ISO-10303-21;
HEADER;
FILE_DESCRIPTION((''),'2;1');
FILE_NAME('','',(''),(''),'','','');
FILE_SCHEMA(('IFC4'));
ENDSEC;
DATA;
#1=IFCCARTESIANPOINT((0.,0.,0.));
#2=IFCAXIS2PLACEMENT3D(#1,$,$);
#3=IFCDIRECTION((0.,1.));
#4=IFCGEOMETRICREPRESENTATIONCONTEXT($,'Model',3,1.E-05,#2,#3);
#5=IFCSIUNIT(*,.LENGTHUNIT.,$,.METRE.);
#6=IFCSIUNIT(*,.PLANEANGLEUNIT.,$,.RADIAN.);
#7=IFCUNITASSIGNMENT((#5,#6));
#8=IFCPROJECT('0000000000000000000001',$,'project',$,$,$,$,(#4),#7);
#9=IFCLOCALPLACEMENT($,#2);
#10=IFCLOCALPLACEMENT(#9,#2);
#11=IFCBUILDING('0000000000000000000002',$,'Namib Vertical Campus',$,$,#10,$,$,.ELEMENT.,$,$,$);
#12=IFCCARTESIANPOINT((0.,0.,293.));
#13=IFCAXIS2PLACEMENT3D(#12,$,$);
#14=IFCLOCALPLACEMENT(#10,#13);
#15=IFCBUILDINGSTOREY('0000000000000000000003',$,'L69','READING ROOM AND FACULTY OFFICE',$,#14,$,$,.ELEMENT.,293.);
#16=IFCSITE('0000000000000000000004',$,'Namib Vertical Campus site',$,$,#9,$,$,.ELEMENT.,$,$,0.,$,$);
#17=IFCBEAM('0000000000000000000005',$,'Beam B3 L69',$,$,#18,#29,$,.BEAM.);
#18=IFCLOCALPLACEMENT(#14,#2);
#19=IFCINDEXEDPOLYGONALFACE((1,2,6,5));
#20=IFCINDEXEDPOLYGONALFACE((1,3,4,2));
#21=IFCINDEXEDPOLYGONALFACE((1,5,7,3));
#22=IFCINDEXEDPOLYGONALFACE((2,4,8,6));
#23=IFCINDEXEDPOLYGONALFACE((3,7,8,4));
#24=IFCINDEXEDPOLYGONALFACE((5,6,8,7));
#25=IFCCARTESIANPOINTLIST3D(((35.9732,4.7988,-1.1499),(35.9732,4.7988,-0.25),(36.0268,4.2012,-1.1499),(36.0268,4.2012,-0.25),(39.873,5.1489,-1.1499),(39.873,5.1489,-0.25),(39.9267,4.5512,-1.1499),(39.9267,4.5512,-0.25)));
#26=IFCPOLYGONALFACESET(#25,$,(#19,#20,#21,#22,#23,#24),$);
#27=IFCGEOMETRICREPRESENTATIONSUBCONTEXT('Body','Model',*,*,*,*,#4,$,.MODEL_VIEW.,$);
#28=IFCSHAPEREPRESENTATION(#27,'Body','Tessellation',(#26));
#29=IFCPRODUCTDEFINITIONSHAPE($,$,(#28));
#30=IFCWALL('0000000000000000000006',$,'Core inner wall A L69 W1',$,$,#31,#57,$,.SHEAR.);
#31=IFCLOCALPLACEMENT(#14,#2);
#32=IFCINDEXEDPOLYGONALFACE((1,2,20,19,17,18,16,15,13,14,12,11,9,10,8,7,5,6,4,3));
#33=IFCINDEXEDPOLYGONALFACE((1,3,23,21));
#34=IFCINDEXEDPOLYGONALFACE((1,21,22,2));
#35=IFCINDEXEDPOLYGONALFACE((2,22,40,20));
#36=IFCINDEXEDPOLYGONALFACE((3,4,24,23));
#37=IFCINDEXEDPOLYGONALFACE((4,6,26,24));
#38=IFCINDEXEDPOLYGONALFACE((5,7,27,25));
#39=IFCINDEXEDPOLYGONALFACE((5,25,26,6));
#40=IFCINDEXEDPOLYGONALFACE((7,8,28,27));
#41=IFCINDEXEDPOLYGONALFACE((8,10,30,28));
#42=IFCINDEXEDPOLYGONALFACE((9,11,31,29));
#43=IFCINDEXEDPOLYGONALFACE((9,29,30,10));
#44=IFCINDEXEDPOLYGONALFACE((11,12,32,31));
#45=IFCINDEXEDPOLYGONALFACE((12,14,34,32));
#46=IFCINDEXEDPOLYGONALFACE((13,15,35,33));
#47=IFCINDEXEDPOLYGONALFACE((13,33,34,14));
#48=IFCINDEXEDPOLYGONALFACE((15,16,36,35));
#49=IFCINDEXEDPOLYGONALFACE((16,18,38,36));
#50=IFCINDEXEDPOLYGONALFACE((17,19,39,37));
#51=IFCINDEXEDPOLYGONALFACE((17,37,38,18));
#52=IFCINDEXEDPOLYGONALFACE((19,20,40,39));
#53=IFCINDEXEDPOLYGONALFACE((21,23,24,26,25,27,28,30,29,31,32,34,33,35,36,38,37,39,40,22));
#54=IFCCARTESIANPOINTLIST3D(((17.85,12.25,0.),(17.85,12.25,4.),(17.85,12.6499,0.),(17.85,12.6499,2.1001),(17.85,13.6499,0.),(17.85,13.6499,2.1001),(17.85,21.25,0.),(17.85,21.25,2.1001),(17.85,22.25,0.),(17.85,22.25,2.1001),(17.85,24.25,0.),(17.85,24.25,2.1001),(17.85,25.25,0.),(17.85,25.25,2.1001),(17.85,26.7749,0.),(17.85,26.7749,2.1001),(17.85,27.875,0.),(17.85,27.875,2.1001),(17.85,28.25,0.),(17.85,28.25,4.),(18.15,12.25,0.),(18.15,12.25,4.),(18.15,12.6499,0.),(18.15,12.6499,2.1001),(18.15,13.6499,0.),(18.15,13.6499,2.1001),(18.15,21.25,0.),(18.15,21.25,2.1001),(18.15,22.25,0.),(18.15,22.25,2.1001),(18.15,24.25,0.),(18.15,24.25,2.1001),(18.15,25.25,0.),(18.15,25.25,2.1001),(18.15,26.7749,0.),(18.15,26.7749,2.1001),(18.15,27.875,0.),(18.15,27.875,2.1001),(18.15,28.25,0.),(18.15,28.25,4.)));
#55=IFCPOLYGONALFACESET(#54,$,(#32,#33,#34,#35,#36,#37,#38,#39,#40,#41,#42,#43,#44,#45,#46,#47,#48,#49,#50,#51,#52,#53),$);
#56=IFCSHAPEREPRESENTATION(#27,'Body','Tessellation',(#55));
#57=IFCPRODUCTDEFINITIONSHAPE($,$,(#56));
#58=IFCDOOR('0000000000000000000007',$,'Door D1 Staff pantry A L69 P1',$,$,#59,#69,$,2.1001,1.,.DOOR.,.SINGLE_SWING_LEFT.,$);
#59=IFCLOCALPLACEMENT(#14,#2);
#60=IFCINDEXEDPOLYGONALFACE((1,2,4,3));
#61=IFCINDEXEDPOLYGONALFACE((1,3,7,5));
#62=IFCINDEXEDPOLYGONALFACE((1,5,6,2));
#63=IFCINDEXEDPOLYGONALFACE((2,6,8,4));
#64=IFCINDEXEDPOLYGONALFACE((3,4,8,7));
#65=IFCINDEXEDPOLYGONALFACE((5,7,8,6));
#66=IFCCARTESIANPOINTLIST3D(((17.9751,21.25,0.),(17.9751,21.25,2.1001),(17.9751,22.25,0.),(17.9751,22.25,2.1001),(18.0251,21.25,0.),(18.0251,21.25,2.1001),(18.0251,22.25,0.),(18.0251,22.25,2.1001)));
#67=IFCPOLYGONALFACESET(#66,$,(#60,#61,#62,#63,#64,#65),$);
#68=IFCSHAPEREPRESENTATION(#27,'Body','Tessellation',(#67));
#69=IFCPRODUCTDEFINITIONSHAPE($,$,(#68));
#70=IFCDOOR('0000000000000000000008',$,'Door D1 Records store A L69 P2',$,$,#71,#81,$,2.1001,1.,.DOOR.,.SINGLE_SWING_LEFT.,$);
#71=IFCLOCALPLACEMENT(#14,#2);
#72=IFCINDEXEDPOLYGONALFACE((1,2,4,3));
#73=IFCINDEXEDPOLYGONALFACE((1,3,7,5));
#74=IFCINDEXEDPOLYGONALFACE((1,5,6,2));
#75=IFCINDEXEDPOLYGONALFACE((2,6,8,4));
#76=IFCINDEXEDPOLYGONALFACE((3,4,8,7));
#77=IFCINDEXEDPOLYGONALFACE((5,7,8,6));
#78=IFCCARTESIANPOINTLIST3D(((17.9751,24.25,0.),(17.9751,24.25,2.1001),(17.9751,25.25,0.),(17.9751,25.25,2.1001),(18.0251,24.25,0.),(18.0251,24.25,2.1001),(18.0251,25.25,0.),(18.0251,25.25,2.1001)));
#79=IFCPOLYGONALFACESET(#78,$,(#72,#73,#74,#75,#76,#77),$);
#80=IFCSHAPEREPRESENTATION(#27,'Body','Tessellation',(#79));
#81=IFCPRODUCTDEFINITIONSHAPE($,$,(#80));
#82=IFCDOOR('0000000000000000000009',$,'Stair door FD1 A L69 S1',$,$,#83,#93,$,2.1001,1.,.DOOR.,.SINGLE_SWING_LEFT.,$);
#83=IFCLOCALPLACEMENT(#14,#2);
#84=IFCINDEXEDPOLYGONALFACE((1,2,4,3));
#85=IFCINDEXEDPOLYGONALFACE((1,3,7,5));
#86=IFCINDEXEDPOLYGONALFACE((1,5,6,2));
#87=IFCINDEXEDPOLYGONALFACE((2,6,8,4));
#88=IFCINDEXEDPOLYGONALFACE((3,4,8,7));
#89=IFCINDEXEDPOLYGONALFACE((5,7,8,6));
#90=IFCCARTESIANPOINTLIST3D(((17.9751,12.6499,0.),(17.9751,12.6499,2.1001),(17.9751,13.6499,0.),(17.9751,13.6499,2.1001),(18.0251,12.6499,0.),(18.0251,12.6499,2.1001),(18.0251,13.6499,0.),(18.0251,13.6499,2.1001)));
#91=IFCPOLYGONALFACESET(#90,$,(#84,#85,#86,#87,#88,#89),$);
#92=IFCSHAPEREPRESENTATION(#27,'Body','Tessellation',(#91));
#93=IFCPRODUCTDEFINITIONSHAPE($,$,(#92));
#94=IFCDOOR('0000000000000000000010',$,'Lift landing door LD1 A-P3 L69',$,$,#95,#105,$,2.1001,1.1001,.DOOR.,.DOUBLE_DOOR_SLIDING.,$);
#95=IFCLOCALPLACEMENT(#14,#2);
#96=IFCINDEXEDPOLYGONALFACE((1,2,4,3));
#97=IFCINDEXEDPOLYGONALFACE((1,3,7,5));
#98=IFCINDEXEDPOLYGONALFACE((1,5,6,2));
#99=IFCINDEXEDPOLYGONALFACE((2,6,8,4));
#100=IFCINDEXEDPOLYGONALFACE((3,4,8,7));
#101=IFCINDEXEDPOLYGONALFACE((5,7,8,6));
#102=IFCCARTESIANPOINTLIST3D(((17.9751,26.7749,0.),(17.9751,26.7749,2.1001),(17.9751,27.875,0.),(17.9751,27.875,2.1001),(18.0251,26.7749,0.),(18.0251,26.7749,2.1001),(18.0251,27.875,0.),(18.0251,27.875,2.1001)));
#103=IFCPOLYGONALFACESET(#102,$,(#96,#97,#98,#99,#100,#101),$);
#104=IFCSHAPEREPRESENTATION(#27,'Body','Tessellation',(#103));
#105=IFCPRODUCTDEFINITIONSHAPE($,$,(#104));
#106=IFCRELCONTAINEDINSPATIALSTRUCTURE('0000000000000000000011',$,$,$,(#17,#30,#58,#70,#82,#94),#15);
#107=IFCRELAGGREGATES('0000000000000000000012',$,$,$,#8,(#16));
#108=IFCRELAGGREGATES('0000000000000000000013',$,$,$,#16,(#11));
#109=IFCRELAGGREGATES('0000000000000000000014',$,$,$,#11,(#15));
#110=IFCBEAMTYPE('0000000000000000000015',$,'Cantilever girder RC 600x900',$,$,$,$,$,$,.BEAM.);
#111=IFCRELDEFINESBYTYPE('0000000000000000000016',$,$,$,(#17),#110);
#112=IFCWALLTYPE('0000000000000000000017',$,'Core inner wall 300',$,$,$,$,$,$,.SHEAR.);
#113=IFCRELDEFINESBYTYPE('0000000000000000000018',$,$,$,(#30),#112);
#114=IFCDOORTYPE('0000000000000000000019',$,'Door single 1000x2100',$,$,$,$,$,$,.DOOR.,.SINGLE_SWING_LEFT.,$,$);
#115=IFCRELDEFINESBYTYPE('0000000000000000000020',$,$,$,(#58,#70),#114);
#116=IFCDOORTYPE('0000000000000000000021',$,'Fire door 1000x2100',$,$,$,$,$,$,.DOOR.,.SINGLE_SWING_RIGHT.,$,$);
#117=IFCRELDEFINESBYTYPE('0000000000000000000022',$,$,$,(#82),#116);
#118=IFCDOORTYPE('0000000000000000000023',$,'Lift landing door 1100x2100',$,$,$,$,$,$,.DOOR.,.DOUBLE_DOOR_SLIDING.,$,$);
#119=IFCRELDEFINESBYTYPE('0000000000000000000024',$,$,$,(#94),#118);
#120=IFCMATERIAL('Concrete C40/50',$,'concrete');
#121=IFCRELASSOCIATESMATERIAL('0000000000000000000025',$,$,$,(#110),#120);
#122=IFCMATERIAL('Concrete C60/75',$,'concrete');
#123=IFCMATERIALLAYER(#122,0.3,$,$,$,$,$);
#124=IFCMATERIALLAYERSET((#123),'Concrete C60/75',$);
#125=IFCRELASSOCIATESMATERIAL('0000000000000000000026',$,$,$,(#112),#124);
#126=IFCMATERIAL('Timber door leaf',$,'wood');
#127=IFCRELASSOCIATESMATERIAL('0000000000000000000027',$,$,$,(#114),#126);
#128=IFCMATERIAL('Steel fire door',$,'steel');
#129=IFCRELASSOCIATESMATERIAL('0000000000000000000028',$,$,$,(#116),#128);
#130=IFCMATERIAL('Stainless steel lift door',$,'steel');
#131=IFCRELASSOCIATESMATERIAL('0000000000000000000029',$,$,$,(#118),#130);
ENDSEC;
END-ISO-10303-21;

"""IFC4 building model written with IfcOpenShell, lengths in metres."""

from ifc_helpers import new_model, si_unit, direction, frame, frame_2d, origin, origin_2d, place, context, subcontext, project, spatial, rectangle, extrude, material, layer, layer_set, material_profile, profile_set, type_object, element, fill, save


model = new_model("IFC4")

# Units and contexts
model_context = context("Model", 3, precision=1e-05, world=origin(), true_north=direction((0.0, 1.0)))
body_context = subcontext(model_context, "Body", "Model", "MODEL_VIEW")
ifc_project = project(units=[si_unit("LENGTHUNIT", "METRE"), si_unit("PLANEANGLEUNIT", "RADIAN")], contexts=[model_context])

# Site, building, storey
site_placement = place(None, origin())
site = spatial("IfcSite", under=ifc_project, at=site_placement, Name="Namib Vertical Campus site", CompositionType="ELEMENT", RefElevation=0.0)
building_placement = place(site_placement, origin())
building = spatial("IfcBuilding", under=site, at=building_placement, Name="Namib Vertical Campus", CompositionType="ELEMENT")
storey_placement = place(building_placement, frame((0.0, 0.0, 293.0)))
storey = spatial("IfcBuildingStorey", under=building, at=storey_placement, Name="L69", Description="READING ROOM AND FACULTY OFFICE", CompositionType="ELEMENT", Elevation=293.0)

# Beam
ifc_material_1 = material(Name="Concrete C40/50", Category="concrete")
ifc_material_profile = material_profile(ifc_material_1, rectangle(XDim=0.6001, YDim=0.8999, at=origin_2d()))
ifc_profile_set = profile_set([ifc_material_profile], Name="Concrete C40/50")
beam_type = type_object("IfcBeamType", Name="Cantilever girder RC 600x900", PredefinedType="BEAM", material=ifc_profile_set)
beam_placement = place(storey_placement, frame((36.0, 4.5, -0.7), z_axis=(0.995995, 0.089411, 0.0), x_axis=(-0.089411, 0.995995, 0.0)))
element("IfcBeam", 1, at=beam_placement, inside=storey, type_object=beam_type, Name="Beam B3 L69", PredefinedType="BEAM", context=body_context, shape_type="SweptSolid", body=[
    extrude(rectangle(XDim=0.6001, YDim=0.8999, at=origin_2d()), origin(), (0.0, 0.0, 1.0), 3.9155),
])

# Wall, openings, doors
ifc_material_2 = material(Name="Concrete C60/75", Category="concrete")
ifc_layer_1 = layer(ifc_material_2, 0.3)
ifc_layer_set_1 = layer_set([ifc_layer_1], Name="Concrete C60/75")
wall_type_1 = type_object("IfcWallType", Name="Core inner wall 300", PredefinedType="SHEAR", material=ifc_layer_set_1)
wall_1_placement = place(storey_placement, frame((18.0, 12.25, 0.0), z_axis=(0.0, 0.0, 1.0), x_axis=(0.0, 1.0, 0.0)))
wall_1 = element("IfcWall", 2, at=wall_1_placement, inside=storey, type_object=wall_type_1, Name="Core inner wall A L69 W1", PredefinedType="SHEAR", context=body_context, shape_type="SweptSolid", body=[
    extrude(rectangle(XDim=16.0, YDim=0.3, at=frame_2d((8.0, 0.0))), origin(), (0.0, 0.0, 1.0), 4.0),
])
opening_1_placement = place(wall_1_placement, frame((0.3999, 0.0, 0.0)))
opening_1 = element("IfcOpeningElement", 3, at=opening_1_placement, cuts=wall_1, PredefinedType="OPENING", context=body_context, shape_type="SweptSolid", body=[
    extrude(rectangle(XDim=1.0, YDim=2.1001, at=frame_2d((0.5, 1.05))), frame((0.0, 0.1599, 0.0), z_axis=(0.0, -1.0, 0.0), x_axis=(1.0, 0.0, 0.0)), (0.0, 0.0, 1.0), 0.3201),
])
opening_2_placement = place(wall_1_placement, frame((14.5249, 0.0, 0.0)))
opening_2 = element("IfcOpeningElement", 4, at=opening_2_placement, cuts=wall_1, PredefinedType="OPENING", context=body_context, shape_type="SweptSolid", body=[
    extrude(rectangle(XDim=1.1001, YDim=2.1001, at=frame_2d((0.55, 1.05))), frame((0.0, 0.1599, 0.0), z_axis=(0.0, -1.0, 0.0), x_axis=(1.0, 0.0, 0.0)), (0.0, 0.0, 1.0), 0.3201),
])
opening_3_placement = place(wall_1_placement, frame((9.0, 0.0, 0.0)))
opening_3 = element("IfcOpeningElement", 5, at=opening_3_placement, cuts=wall_1, PredefinedType="OPENING", context=body_context, shape_type="SweptSolid", body=[
    extrude(rectangle(XDim=1.0, YDim=2.1001, at=frame_2d((0.5, 1.05))), frame((0.0, 0.1599, 0.0), z_axis=(0.0, -1.0, 0.0), x_axis=(1.0, 0.0, 0.0)), (0.0, 0.0, 1.0), 0.3201),
])
opening_4_placement = place(wall_1_placement, frame((12.0, 0.0, 0.0)))
opening_4 = element("IfcOpeningElement", 6, at=opening_4_placement, cuts=wall_1, PredefinedType="OPENING", context=body_context, shape_type="SweptSolid", body=[
    extrude(rectangle(XDim=1.0, YDim=2.1001, at=frame_2d((0.5, 1.05))), frame((0.0, 0.1599, 0.0), z_axis=(0.0, -1.0, 0.0), x_axis=(1.0, 0.0, 0.0)), (0.0, 0.0, 1.0), 0.3201),
])
ifc_material_3 = material(Name="Timber door leaf", Category="wood")
door_type_1 = type_object("IfcDoorType", Name="Door single 1000x2100", OperationType="SINGLE_SWING_LEFT", PredefinedType="DOOR", material=ifc_material_3)
door_1_placement = place(opening_3_placement, origin())
door_1 = element("IfcDoor", 7, at=door_1_placement, inside=storey, type_object=door_type_1, Name="Door D1 Staff pantry A L69 P1", OperationType="SINGLE_SWING_LEFT", OverallHeight=2.1001, OverallWidth=1.0, PredefinedType="DOOR", context=body_context, shape_type="SweptSolid", body=[
    extrude(rectangle(XDim=1.0, YDim=2.1001, at=frame_2d((0.5, 1.05))), frame((0.0, 0.0249, 0.0), z_axis=(0.0, -1.0, 0.0), x_axis=(1.0, 0.0, 0.0)), (0.0, 0.0, 1.0), 0.05),
])
fill(opening_3, door_1)
door_2_placement = place(opening_4_placement, origin())
door_2 = element("IfcDoor", 8, at=door_2_placement, inside=storey, type_object=door_type_1, Name="Door D1 Records store A L69 P2", OperationType="SINGLE_SWING_LEFT", OverallHeight=2.1001, OverallWidth=1.0, PredefinedType="DOOR", context=body_context, shape_type="SweptSolid", body=[
    extrude(rectangle(XDim=1.0, YDim=2.1001, at=frame_2d((0.5, 1.05))), frame((0.0, 0.0249, 0.0), z_axis=(0.0, -1.0, 0.0), x_axis=(1.0, 0.0, 0.0)), (0.0, 0.0, 1.0), 0.05),
])
fill(opening_4, door_2)
ifc_material_4 = material(Name="Steel fire door", Category="steel")
door_type_2 = type_object("IfcDoorType", Name="Fire door 1000x2100", OperationType="SINGLE_SWING_RIGHT", PredefinedType="DOOR", material=ifc_material_4)
door_3_placement = place(opening_1_placement, origin())
door_3 = element("IfcDoor", 9, at=door_3_placement, inside=storey, type_object=door_type_2, Name="Stair door FD1 A L69 S1", OperationType="SINGLE_SWING_LEFT", OverallHeight=2.1001, OverallWidth=1.0, PredefinedType="DOOR", context=body_context, shape_type="SweptSolid", body=[
    extrude(rectangle(XDim=1.0, YDim=2.1001, at=frame_2d((0.5, 1.05))), frame((0.0, 0.0249, 0.0), z_axis=(0.0, -1.0, 0.0), x_axis=(1.0, 0.0, 0.0)), (0.0, 0.0, 1.0), 0.05),
])
fill(opening_1, door_3)
ifc_material_5 = material(Name="Stainless steel lift door", Category="steel")
door_type_3 = type_object("IfcDoorType", Name="Lift landing door 1100x2100", OperationType="DOUBLE_DOOR_SLIDING", PredefinedType="DOOR", material=ifc_material_5)
door_4_placement = place(opening_2_placement, origin())
door_4 = element("IfcDoor", 10, at=door_4_placement, inside=storey, type_object=door_type_3, Name="Lift landing door LD1 A-P3 L69", OperationType="DOUBLE_DOOR_SLIDING", OverallHeight=2.1001, OverallWidth=1.1001, PredefinedType="DOOR", context=body_context, shape_type="SweptSolid", body=[
    extrude(rectangle(XDim=1.1001, YDim=2.1001, at=frame_2d((0.55, 1.05))), frame((0.0, 0.0249, 0.0), z_axis=(0.0, -1.0, 0.0), x_axis=(1.0, 0.0, 0.0)), (0.0, 0.0, 1.0), 0.05),
])
fill(opening_2, door_4)

save(model, "model.ifc")
